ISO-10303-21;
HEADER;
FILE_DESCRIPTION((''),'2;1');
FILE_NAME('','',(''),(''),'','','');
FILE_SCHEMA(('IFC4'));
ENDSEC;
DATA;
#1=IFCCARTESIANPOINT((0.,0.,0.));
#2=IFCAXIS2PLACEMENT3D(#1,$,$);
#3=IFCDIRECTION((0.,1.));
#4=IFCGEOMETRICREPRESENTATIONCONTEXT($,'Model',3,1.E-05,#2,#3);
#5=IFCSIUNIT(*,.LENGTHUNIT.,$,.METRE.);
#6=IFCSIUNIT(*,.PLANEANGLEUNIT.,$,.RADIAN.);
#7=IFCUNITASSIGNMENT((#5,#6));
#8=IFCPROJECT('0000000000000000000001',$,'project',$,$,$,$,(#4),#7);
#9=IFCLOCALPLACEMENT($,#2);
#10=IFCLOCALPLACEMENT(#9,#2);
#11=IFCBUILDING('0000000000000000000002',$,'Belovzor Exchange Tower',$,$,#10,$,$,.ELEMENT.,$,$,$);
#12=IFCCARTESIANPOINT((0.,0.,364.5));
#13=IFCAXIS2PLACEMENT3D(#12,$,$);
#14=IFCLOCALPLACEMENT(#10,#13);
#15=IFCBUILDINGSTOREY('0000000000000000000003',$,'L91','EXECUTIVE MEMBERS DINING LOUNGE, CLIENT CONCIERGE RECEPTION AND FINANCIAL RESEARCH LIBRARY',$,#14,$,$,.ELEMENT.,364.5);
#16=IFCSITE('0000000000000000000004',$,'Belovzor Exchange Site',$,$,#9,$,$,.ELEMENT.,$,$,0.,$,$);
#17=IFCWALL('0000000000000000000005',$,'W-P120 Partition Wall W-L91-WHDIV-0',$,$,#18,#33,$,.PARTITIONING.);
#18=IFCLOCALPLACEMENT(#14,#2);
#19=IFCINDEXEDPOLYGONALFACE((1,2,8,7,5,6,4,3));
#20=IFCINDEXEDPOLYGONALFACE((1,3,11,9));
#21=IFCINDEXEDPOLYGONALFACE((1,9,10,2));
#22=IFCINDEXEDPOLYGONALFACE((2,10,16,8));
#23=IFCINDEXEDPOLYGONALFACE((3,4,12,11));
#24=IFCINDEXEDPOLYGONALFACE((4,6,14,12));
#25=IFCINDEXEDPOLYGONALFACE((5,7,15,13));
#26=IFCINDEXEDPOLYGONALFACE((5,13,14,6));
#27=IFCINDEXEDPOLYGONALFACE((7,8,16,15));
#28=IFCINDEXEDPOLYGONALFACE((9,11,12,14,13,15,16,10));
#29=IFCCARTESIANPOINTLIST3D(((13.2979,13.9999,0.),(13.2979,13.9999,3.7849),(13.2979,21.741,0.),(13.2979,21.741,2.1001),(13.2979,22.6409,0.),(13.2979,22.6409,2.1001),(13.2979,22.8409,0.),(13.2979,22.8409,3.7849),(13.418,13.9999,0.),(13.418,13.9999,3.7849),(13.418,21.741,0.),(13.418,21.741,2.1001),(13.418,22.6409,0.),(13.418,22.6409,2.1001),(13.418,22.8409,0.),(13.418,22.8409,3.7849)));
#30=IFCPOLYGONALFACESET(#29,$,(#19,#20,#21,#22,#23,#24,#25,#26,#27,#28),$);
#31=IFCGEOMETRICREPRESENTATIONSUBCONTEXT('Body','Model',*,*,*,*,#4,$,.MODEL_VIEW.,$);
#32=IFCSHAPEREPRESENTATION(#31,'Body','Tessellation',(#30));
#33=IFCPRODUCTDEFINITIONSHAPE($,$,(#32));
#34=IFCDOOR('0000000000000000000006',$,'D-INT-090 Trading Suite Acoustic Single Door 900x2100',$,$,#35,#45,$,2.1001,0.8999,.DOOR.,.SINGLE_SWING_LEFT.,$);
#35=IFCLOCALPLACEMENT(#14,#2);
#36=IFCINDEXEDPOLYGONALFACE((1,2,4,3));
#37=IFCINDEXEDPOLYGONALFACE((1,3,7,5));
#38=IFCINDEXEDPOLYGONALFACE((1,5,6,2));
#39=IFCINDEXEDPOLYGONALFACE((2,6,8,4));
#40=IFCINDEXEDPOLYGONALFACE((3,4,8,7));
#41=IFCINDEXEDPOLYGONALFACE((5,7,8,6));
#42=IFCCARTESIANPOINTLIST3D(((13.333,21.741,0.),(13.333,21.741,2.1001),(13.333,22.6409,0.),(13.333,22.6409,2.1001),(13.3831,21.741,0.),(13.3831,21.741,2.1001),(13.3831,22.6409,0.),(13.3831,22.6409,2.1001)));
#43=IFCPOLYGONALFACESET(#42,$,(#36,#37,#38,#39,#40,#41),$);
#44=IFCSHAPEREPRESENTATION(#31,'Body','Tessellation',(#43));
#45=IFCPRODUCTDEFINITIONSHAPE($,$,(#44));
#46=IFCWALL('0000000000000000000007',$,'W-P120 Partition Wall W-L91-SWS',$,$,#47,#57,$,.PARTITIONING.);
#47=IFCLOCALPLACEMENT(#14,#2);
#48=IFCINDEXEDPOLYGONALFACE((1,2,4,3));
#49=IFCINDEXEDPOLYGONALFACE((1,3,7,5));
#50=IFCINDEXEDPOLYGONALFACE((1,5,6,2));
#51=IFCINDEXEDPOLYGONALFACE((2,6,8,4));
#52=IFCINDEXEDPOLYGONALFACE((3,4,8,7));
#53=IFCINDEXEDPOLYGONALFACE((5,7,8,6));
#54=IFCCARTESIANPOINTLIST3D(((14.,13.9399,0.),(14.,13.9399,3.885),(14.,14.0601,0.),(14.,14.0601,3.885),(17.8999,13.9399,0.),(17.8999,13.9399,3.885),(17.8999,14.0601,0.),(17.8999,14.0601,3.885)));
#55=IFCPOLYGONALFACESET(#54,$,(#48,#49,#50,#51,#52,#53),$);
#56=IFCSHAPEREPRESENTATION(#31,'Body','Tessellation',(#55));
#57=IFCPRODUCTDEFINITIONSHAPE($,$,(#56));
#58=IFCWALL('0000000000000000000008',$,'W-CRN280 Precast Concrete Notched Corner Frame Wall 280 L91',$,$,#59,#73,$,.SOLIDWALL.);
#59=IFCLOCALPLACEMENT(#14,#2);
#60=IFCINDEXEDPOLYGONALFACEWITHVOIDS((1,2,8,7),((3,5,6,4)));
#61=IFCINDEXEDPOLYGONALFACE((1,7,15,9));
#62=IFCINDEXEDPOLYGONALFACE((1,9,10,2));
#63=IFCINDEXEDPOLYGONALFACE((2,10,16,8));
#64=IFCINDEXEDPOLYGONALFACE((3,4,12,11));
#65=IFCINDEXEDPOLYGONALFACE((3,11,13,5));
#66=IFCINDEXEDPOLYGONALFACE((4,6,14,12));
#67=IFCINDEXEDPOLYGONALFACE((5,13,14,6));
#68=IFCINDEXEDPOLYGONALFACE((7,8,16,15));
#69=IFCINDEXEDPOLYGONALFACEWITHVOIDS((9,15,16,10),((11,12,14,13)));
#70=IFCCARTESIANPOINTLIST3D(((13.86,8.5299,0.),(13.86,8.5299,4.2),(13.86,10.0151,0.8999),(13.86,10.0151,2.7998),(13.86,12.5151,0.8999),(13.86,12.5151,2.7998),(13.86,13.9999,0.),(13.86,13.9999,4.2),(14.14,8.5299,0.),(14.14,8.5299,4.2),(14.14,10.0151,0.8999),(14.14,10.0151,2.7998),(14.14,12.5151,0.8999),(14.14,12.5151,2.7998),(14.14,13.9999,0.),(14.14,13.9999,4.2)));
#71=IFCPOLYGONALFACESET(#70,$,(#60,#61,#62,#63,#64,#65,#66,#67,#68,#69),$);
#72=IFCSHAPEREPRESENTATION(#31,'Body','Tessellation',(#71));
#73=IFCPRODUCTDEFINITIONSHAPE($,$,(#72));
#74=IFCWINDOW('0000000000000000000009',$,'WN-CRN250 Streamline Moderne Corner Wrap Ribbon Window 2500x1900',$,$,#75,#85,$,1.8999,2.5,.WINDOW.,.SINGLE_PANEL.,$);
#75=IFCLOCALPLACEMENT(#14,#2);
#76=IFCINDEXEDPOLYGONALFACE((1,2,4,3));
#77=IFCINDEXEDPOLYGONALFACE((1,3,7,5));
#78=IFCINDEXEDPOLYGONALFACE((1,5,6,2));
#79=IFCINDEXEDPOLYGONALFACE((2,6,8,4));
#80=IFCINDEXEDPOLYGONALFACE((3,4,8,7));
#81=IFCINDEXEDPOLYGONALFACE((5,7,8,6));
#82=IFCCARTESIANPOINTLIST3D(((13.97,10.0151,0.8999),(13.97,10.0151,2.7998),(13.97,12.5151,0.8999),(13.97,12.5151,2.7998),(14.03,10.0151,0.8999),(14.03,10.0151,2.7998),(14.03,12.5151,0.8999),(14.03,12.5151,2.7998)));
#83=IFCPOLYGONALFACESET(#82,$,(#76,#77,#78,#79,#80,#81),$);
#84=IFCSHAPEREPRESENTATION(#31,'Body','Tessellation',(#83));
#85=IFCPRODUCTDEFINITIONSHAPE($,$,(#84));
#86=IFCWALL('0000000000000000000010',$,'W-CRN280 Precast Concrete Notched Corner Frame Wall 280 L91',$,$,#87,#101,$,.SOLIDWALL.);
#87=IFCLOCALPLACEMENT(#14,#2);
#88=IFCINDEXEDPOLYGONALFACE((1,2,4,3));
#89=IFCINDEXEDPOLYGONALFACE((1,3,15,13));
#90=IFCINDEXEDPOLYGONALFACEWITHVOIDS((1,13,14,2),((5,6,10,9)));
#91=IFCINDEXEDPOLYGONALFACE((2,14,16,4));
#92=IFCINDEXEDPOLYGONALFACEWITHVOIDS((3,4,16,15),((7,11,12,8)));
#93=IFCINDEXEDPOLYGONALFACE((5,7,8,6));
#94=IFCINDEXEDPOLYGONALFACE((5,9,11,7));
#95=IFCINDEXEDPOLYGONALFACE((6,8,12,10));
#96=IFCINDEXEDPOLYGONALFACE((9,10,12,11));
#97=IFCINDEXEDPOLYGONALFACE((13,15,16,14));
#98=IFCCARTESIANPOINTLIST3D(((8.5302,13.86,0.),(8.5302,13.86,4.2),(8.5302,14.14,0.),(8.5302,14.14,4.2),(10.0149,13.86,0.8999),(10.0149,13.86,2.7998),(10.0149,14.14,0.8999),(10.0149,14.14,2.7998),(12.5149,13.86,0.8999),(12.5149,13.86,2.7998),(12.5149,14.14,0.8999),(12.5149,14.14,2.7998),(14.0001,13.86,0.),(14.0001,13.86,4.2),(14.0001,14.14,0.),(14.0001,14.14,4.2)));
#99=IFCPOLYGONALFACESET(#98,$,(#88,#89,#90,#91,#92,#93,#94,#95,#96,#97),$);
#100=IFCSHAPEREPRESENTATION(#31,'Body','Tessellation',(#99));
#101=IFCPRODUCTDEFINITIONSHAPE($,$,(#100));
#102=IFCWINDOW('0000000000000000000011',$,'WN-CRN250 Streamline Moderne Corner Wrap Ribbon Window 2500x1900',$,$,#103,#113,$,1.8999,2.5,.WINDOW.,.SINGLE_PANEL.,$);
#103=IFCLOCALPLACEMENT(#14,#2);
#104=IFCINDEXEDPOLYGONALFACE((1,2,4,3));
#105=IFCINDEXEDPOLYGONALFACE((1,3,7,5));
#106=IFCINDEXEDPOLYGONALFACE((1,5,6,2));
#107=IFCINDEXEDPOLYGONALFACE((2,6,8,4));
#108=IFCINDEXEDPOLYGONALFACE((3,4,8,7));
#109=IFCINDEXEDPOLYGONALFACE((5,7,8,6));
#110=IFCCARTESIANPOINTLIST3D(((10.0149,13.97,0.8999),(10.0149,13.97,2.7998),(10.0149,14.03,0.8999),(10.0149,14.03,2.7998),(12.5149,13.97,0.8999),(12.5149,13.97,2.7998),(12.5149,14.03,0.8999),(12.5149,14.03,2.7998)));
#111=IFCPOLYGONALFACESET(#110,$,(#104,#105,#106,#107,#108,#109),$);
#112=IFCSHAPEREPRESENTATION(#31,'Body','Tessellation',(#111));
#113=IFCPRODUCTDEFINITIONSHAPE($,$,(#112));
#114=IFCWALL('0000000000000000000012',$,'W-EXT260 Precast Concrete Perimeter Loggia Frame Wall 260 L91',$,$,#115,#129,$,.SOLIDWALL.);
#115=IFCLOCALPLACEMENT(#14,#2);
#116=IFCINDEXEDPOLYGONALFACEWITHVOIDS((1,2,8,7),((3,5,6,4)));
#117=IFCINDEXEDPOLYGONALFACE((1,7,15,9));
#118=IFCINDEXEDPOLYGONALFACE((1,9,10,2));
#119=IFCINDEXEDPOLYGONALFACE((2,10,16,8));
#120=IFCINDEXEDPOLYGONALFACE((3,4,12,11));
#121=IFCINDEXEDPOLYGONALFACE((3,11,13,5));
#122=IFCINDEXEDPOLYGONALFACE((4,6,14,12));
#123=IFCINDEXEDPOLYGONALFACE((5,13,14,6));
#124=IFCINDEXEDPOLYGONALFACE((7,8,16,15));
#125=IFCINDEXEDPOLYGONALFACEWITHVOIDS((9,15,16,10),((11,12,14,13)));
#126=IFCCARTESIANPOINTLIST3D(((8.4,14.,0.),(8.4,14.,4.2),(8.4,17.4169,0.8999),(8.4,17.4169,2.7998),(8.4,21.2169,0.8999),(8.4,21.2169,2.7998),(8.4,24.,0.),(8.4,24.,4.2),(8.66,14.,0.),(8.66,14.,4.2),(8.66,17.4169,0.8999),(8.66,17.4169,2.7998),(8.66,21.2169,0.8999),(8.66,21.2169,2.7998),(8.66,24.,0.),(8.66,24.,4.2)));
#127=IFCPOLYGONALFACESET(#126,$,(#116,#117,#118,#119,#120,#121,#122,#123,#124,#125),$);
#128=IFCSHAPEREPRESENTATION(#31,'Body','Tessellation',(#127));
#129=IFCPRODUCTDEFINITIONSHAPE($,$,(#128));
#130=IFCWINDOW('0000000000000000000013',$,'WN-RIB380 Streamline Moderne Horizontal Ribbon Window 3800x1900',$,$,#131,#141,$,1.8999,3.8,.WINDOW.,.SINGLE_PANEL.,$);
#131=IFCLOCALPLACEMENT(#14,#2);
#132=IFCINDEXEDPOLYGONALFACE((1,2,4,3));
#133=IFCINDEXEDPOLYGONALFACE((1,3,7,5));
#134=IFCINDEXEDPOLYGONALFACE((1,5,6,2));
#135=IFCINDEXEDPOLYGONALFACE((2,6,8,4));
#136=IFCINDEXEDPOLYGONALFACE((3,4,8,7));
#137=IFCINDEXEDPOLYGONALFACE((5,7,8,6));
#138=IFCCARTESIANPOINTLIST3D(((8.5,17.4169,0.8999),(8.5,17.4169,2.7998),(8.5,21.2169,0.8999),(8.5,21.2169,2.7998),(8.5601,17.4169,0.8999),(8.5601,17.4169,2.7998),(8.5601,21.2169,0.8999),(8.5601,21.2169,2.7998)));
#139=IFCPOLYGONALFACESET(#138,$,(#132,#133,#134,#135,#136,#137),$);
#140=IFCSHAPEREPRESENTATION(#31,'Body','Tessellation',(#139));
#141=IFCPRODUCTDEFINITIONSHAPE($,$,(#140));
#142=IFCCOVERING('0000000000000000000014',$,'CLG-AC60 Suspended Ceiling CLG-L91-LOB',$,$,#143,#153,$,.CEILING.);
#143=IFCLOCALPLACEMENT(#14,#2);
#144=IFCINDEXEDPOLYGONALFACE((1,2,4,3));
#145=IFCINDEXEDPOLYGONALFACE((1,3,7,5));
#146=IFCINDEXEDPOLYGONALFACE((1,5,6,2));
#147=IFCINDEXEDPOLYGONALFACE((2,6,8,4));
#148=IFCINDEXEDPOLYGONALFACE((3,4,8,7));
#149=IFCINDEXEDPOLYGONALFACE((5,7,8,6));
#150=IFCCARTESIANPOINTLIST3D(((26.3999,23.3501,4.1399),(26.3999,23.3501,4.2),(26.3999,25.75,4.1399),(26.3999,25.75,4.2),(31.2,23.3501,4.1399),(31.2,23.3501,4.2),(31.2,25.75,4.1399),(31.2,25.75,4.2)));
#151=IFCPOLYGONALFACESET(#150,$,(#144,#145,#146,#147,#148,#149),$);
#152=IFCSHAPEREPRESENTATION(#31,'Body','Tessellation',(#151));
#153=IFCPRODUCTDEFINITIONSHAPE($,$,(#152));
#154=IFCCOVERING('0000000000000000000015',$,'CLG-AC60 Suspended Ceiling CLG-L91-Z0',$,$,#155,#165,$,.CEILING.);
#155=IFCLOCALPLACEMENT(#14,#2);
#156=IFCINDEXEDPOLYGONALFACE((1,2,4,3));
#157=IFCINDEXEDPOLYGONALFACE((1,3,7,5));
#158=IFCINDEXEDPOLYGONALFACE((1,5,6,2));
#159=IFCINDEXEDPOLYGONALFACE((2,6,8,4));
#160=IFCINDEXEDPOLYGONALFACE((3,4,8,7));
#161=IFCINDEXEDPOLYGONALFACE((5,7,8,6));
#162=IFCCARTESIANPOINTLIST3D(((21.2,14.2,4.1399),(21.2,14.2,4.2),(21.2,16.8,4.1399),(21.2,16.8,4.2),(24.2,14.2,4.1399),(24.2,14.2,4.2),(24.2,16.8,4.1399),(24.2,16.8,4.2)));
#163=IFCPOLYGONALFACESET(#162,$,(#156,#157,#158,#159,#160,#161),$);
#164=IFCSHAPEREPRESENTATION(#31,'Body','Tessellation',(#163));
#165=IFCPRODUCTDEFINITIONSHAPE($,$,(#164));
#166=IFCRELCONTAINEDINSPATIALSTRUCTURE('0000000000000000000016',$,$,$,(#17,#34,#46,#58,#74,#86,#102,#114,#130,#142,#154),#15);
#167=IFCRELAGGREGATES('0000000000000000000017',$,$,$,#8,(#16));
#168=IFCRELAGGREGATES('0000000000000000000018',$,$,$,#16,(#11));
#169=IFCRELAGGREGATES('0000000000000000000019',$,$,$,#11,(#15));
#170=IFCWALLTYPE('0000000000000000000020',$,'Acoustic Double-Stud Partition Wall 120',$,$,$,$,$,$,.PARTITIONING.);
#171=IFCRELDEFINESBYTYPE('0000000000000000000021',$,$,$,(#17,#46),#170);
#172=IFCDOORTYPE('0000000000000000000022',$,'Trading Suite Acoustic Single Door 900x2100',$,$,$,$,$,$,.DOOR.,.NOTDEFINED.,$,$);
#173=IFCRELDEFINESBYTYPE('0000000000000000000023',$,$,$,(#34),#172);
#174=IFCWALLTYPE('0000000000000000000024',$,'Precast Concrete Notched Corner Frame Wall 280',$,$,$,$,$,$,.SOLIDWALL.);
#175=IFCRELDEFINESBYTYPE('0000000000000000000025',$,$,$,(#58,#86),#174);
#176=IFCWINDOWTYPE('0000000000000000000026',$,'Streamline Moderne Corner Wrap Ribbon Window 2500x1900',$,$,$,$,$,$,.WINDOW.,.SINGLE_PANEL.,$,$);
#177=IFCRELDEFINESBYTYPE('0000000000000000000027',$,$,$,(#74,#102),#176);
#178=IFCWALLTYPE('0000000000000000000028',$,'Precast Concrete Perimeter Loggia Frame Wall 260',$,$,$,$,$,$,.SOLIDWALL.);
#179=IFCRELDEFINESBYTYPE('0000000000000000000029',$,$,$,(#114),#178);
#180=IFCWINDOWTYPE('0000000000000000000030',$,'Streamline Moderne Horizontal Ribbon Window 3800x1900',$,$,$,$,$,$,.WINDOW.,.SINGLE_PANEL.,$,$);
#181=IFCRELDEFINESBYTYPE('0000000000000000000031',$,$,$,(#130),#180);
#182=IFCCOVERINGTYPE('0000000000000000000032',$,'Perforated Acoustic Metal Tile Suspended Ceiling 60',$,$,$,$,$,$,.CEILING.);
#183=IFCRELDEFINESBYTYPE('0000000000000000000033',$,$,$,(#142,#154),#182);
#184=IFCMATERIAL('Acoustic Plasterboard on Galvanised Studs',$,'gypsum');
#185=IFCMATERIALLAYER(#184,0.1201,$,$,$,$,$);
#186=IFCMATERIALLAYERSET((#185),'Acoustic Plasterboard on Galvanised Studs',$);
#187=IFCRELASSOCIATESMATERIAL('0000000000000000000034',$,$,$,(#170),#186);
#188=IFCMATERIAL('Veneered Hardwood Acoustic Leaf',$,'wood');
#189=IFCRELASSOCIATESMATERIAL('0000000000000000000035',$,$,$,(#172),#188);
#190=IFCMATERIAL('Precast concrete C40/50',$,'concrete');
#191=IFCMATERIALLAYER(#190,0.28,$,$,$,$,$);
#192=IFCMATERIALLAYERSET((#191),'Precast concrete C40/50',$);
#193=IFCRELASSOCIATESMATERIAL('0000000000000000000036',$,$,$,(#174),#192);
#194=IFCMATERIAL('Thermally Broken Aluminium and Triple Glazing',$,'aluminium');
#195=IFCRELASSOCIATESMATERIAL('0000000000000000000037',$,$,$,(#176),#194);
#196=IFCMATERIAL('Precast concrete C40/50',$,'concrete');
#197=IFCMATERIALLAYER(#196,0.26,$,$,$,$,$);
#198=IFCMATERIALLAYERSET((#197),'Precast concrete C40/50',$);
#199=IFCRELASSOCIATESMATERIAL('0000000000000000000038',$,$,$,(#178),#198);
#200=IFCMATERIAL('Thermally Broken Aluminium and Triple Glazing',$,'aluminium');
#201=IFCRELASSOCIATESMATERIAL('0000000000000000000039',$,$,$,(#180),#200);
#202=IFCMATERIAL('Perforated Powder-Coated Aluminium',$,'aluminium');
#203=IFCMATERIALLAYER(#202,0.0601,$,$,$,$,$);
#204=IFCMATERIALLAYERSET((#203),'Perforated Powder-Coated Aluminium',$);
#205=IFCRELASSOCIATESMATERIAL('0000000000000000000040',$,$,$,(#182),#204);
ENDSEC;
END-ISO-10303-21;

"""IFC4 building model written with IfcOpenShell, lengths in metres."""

from ifc_helpers import new_model, si_unit, direction, frame, frame_2d, origin, place, context, subcontext, project, spatial, polyline, rectangle, outline, extrude, material, layer, layer_set, type_object, element, fill, save


model = new_model("IFC4")

# Units and contexts
model_context = context("Model", 3, precision=1e-05, world=origin(), true_north=direction((0.0, 1.0)))
body_context = subcontext(model_context, "Body", "Model", "MODEL_VIEW")
ifc_project = project(units=[si_unit("LENGTHUNIT", "METRE"), si_unit("PLANEANGLEUNIT", "RADIAN")], contexts=[model_context])

# Site, building, storey
site_placement = place(None, origin())
site = spatial("IfcSite", under=ifc_project, at=site_placement, Name="Belovzor Exchange Site", CompositionType="ELEMENT", RefElevation=0.0)
building_placement = place(site_placement, origin())
building = spatial("IfcBuilding", under=site, at=building_placement, Name="Belovzor Exchange Tower", CompositionType="ELEMENT")
storey_placement = place(building_placement, frame((0.0, 0.0, 364.5)))
storey = spatial("IfcBuildingStorey", under=building, at=storey_placement, Name="L91", Description="EXECUTIVE MEMBERS DINING LOUNGE, CLIENT CONCIERGE RECEPTION AND FINANCIAL RESEARCH LIBRARY", CompositionType="ELEMENT", Elevation=364.5)

# Wall, opening, door
ifc_material_1 = material(Name="Acoustic Plasterboard on Galvanised Studs", Category="gypsum")
ifc_layer_1 = layer(ifc_material_1, 0.1201)
ifc_layer_set_1 = layer_set([ifc_layer_1], Name="Acoustic Plasterboard on Galvanised Studs")
wall_type_1 = type_object("IfcWallType", Name="Acoustic Double-Stud Partition Wall 120", PredefinedType="PARTITIONING", material=ifc_layer_set_1)
wall_1_placement = place(storey_placement, frame((13.3579, 14.0, 0.0), z_axis=(0.0, 0.0, 1.0), x_axis=(0.0, 1.0, 0.0)))
wall_1 = element("IfcWall", 1, at=wall_1_placement, inside=storey, type_object=wall_type_1, Name="W-P120 Partition Wall W-L91-WHDIV-0", PredefinedType="PARTITIONING", context=body_context, shape_type="SweptSolid", body=[
    extrude(rectangle(XDim=8.8411, YDim=0.1201, at=frame_2d((4.4204, 0.0))), origin(), (0.0, 0.0, 1.0), 3.7849),
])
opening_1_placement = place(wall_1_placement, frame((7.741, 0.0, 0.0)))
opening_1 = element("IfcOpeningElement", 2, at=opening_1_placement, cuts=wall_1, PredefinedType="OPENING", context=body_context, shape_type="SweptSolid", body=[
    extrude(rectangle(XDim=0.8999, YDim=2.1001, at=frame_2d((0.45, 1.05))), frame((0.0, 0.0701, 0.0), z_axis=(0.0, -1.0, 0.0), x_axis=(1.0, 0.0, 0.0)), (0.0, 0.0, 1.0), 0.1401),
])
ifc_material_2 = material(Name="Veneered Hardwood Acoustic Leaf", Category="wood")
door_type = type_object("IfcDoorType", Name="Trading Suite Acoustic Single Door 900x2100", OperationType="NOTDEFINED", PredefinedType="DOOR", material=ifc_material_2)
door_placement = place(opening_1_placement, origin())
door = element("IfcDoor", 3, at=door_placement, inside=storey, type_object=door_type, Name="D-INT-090 Trading Suite Acoustic Single Door 900x2100", OperationType="SINGLE_SWING_LEFT", OverallHeight=2.1001, OverallWidth=0.8999, PredefinedType="DOOR", context=body_context, shape_type="SweptSolid", body=[
    extrude(rectangle(XDim=0.8999, YDim=2.1001, at=frame_2d((0.45, 1.05))), frame((0.0, 0.0249, 0.0), z_axis=(0.0, -1.0, 0.0), x_axis=(1.0, 0.0, 0.0)), (0.0, 0.0, 1.0), 0.05),
])
fill(opening_1, door)

# Wall
wall_2_placement = place(storey_placement, frame((14.0, 14.0, 0.0), z_axis=(0.0, 0.0, 1.0), x_axis=(1.0, 0.0, 0.0)))
element("IfcWall", 4, at=wall_2_placement, inside=storey, type_object=wall_type_1, Name="W-P120 Partition Wall W-L91-SWS", PredefinedType="PARTITIONING", context=body_context, shape_type="SweptSolid", body=[
    extrude(rectangle(XDim=3.8999, YDim=0.1201, at=frame_2d((1.95, 0.0))), origin(), (0.0, 0.0, 1.0), 3.885),
])

# Walls, openings, windows
ifc_material_3 = material(Name="Precast concrete C40/50", Category="concrete")
ifc_layer_2 = layer(ifc_material_3, 0.28)
ifc_layer_set_2 = layer_set([ifc_layer_2], Name="Precast concrete C40/50")
wall_type_2 = type_object("IfcWallType", Name="Precast Concrete Notched Corner Frame Wall 280", PredefinedType="SOLIDWALL", material=ifc_layer_set_2)
wall_3_placement = place(storey_placement, frame((14.0, 8.53, 0.0), z_axis=(0.0, 0.0, 1.0), x_axis=(0.0, 1.0, 0.0)))
wall_3 = element("IfcWall", 5, at=wall_3_placement, inside=storey, type_object=wall_type_2, Name="W-CRN280 Precast Concrete Notched Corner Frame Wall 280 L91", PredefinedType="SOLIDWALL", context=body_context, shape_type="SweptSolid", body=[
    extrude(rectangle(XDim=5.47, YDim=0.28, at=frame_2d((2.7349, 0.0))), origin(), (0.0, 0.0, 1.0), 4.2),
])
opening_2_placement = place(wall_3_placement, frame((1.4851, 0.0, 0.8999)))
opening_2 = element("IfcOpeningElement", 6, at=opening_2_placement, cuts=wall_3, PredefinedType="OPENING", context=body_context, shape_type="SweptSolid", body=[
    extrude(rectangle(XDim=2.5, YDim=1.8999, at=frame_2d((1.25, 0.95))), frame((0.0, 0.1499, 0.0), z_axis=(0.0, -1.0, 0.0), x_axis=(1.0, 0.0, 0.0)), (0.0, 0.0, 1.0), 0.3),
])
ifc_material_4 = material(Name="Thermally Broken Aluminium and Triple Glazing", Category="aluminium")
window_type_1 = type_object("IfcWindowType", Name="Streamline Moderne Corner Wrap Ribbon Window 2500x1900", PartitioningType="SINGLE_PANEL", PredefinedType="WINDOW", material=ifc_material_4)
window_1_placement = place(opening_2_placement, origin())
window_1 = element("IfcWindow", 7, at=window_1_placement, inside=storey, type_object=window_type_1, Name="WN-CRN250 Streamline Moderne Corner Wrap Ribbon Window 2500x1900", OverallHeight=1.8999, OverallWidth=2.5, PartitioningType="SINGLE_PANEL", PredefinedType="WINDOW", context=body_context, shape_type="SweptSolid", body=[
    extrude(rectangle(XDim=2.5, YDim=1.8999, at=frame_2d((1.25, 0.95))), frame((0.0, 0.03, 0.0), z_axis=(0.0, -1.0, 0.0), x_axis=(1.0, 0.0, 0.0)), (0.0, 0.0, 1.0), 0.0601),
])
fill(opening_2, window_1)
wall_4_placement = place(storey_placement, frame((14.0, 14.0, 0.0), z_axis=(0.0, 0.0, 1.0), x_axis=(-1.0, 0.0, 0.0)))
wall_4 = element("IfcWall", 8, at=wall_4_placement, inside=storey, type_object=wall_type_2, Name="W-CRN280 Precast Concrete Notched Corner Frame Wall 280 L91", PredefinedType="SOLIDWALL", context=body_context, shape_type="SweptSolid", body=[
    extrude(rectangle(XDim=5.47, YDim=0.28, at=frame_2d((2.7349, 0.0))), origin(), (0.0, 0.0, 1.0), 4.2),
])
opening_3_placement = place(wall_4_placement, frame((1.4851, 0.0, 0.8999)))
opening_3 = element("IfcOpeningElement", 9, at=opening_3_placement, cuts=wall_4, PredefinedType="OPENING", context=body_context, shape_type="SweptSolid", body=[
    extrude(rectangle(XDim=2.5, YDim=1.8999, at=frame_2d((1.25, 0.95))), frame((0.0, 0.1499, 0.0), z_axis=(0.0, -1.0, 0.0), x_axis=(1.0, 0.0, 0.0)), (0.0, 0.0, 1.0), 0.3),
])
window_2_placement = place(opening_3_placement, origin())
window_2 = element("IfcWindow", 10, at=window_2_placement, inside=storey, type_object=window_type_1, Name="WN-CRN250 Streamline Moderne Corner Wrap Ribbon Window 2500x1900", OverallHeight=1.8999, OverallWidth=2.5, PartitioningType="SINGLE_PANEL", PredefinedType="WINDOW", context=body_context, shape_type="SweptSolid", body=[
    extrude(rectangle(XDim=2.5, YDim=1.8999, at=frame_2d((1.25, 0.95))), frame((0.0, 0.03, 0.0), z_axis=(0.0, -1.0, 0.0), x_axis=(1.0, 0.0, 0.0)), (0.0, 0.0, 1.0), 0.0601),
])
fill(opening_3, window_2)
ifc_material_5 = material(Name="Precast concrete C40/50", Category="concrete")
ifc_layer_3 = layer(ifc_material_5, 0.26)
ifc_layer_set_3 = layer_set([ifc_layer_3], Name="Precast concrete C40/50")
wall_type_3 = type_object("IfcWallType", Name="Precast Concrete Perimeter Loggia Frame Wall 260", PredefinedType="SOLIDWALL", material=ifc_layer_set_3)
wall_5_placement = place(storey_placement, frame((8.53, 14.0, 0.0), z_axis=(0.0, 0.0, 1.0), x_axis=(0.0, 1.0, 0.0)))
wall_5 = element("IfcWall", 11, at=wall_5_placement, inside=storey, type_object=wall_type_3, Name="W-EXT260 Precast Concrete Perimeter Loggia Frame Wall 260 L91", PredefinedType="SOLIDWALL", context=body_context, shape_type="SweptSolid", body=[
    extrude(rectangle(XDim=10.0, YDim=0.26, at=frame_2d((5.0, 0.0))), origin(), (0.0, 0.0, 1.0), 4.2),
])
opening_4_placement = place(wall_5_placement, frame((3.417, 0.0, 0.8999)))
opening_4 = element("IfcOpeningElement", 12, at=opening_4_placement, cuts=wall_5, PredefinedType="OPENING", context=body_context, shape_type="SweptSolid", body=[
    extrude(rectangle(XDim=3.8, YDim=1.8999, at=frame_2d((1.8999, 0.95))), frame((0.0, 0.1399, 0.0), z_axis=(0.0, -1.0, 0.0), x_axis=(1.0, 0.0, 0.0)), (0.0, 0.0, 1.0), 0.28),
])
ifc_material_6 = material(Name="Thermally Broken Aluminium and Triple Glazing", Category="aluminium")
window_type_2 = type_object("IfcWindowType", Name="Streamline Moderne Horizontal Ribbon Window 3800x1900", PartitioningType="SINGLE_PANEL", PredefinedType="WINDOW", material=ifc_material_6)
window_3_placement = place(opening_4_placement, origin())
window_3 = element("IfcWindow", 13, at=window_3_placement, inside=storey, type_object=window_type_2, Name="WN-RIB380 Streamline Moderne Horizontal Ribbon Window 3800x1900", OverallHeight=1.8999, OverallWidth=3.8, PartitioningType="SINGLE_PANEL", PredefinedType="WINDOW", context=body_context, shape_type="SweptSolid", body=[
    extrude(rectangle(XDim=3.8, YDim=1.8999, at=frame_2d((1.8999, 0.95))), frame((0.0, 0.03, 0.0), z_axis=(0.0, -1.0, 0.0), x_axis=(1.0, 0.0, 0.0)), (0.0, 0.0, 1.0), 0.0601),
])
fill(opening_4, window_3)

# Coverings
ifc_material_7 = material(Name="Perforated Powder-Coated Aluminium", Category="aluminium")
ifc_layer_4 = layer(ifc_material_7, 0.0601)
ifc_layer_set_4 = layer_set([ifc_layer_4], Name="Perforated Powder-Coated Aluminium")
covering_type_1 = type_object("IfcCoveringType", Name="Perforated Acoustic Metal Tile Suspended Ceiling 60", PredefinedType="CEILING", material=ifc_layer_set_4)
covering_1_placement = place(storey_placement, frame((0.0, 0.0, 4.1399)))
element("IfcCovering", 14, at=covering_1_placement, inside=storey, type_object=covering_type_1, Name="CLG-AC60 Suspended Ceiling CLG-L91-LOB", PredefinedType="CEILING", context=body_context, shape_type="SweptSolid", body=[
    extrude(outline(polyline([(26.3999, 23.3501), (31.2, 23.3501), (31.2, 25.75), (26.3999, 25.75), (26.3999, 23.3501)])), origin(), (0.0, 0.0, 1.0), 0.0601),
])
covering_2_placement = place(storey_placement, frame((0.0, 0.0, 4.1399)))
element("IfcCovering", 15, at=covering_2_placement, inside=storey, type_object=covering_type_1, Name="CLG-AC60 Suspended Ceiling CLG-L91-Z0", PredefinedType="CEILING", context=body_context, shape_type="SweptSolid", body=[
    extrude(outline(polyline([(21.2, 14.2), (24.2, 14.2), (24.2, 16.8), (21.2, 16.8), (21.2, 14.2)])), origin(), (0.0, 0.0, 1.0), 0.0601),
])

save(model, "model.ifc")
